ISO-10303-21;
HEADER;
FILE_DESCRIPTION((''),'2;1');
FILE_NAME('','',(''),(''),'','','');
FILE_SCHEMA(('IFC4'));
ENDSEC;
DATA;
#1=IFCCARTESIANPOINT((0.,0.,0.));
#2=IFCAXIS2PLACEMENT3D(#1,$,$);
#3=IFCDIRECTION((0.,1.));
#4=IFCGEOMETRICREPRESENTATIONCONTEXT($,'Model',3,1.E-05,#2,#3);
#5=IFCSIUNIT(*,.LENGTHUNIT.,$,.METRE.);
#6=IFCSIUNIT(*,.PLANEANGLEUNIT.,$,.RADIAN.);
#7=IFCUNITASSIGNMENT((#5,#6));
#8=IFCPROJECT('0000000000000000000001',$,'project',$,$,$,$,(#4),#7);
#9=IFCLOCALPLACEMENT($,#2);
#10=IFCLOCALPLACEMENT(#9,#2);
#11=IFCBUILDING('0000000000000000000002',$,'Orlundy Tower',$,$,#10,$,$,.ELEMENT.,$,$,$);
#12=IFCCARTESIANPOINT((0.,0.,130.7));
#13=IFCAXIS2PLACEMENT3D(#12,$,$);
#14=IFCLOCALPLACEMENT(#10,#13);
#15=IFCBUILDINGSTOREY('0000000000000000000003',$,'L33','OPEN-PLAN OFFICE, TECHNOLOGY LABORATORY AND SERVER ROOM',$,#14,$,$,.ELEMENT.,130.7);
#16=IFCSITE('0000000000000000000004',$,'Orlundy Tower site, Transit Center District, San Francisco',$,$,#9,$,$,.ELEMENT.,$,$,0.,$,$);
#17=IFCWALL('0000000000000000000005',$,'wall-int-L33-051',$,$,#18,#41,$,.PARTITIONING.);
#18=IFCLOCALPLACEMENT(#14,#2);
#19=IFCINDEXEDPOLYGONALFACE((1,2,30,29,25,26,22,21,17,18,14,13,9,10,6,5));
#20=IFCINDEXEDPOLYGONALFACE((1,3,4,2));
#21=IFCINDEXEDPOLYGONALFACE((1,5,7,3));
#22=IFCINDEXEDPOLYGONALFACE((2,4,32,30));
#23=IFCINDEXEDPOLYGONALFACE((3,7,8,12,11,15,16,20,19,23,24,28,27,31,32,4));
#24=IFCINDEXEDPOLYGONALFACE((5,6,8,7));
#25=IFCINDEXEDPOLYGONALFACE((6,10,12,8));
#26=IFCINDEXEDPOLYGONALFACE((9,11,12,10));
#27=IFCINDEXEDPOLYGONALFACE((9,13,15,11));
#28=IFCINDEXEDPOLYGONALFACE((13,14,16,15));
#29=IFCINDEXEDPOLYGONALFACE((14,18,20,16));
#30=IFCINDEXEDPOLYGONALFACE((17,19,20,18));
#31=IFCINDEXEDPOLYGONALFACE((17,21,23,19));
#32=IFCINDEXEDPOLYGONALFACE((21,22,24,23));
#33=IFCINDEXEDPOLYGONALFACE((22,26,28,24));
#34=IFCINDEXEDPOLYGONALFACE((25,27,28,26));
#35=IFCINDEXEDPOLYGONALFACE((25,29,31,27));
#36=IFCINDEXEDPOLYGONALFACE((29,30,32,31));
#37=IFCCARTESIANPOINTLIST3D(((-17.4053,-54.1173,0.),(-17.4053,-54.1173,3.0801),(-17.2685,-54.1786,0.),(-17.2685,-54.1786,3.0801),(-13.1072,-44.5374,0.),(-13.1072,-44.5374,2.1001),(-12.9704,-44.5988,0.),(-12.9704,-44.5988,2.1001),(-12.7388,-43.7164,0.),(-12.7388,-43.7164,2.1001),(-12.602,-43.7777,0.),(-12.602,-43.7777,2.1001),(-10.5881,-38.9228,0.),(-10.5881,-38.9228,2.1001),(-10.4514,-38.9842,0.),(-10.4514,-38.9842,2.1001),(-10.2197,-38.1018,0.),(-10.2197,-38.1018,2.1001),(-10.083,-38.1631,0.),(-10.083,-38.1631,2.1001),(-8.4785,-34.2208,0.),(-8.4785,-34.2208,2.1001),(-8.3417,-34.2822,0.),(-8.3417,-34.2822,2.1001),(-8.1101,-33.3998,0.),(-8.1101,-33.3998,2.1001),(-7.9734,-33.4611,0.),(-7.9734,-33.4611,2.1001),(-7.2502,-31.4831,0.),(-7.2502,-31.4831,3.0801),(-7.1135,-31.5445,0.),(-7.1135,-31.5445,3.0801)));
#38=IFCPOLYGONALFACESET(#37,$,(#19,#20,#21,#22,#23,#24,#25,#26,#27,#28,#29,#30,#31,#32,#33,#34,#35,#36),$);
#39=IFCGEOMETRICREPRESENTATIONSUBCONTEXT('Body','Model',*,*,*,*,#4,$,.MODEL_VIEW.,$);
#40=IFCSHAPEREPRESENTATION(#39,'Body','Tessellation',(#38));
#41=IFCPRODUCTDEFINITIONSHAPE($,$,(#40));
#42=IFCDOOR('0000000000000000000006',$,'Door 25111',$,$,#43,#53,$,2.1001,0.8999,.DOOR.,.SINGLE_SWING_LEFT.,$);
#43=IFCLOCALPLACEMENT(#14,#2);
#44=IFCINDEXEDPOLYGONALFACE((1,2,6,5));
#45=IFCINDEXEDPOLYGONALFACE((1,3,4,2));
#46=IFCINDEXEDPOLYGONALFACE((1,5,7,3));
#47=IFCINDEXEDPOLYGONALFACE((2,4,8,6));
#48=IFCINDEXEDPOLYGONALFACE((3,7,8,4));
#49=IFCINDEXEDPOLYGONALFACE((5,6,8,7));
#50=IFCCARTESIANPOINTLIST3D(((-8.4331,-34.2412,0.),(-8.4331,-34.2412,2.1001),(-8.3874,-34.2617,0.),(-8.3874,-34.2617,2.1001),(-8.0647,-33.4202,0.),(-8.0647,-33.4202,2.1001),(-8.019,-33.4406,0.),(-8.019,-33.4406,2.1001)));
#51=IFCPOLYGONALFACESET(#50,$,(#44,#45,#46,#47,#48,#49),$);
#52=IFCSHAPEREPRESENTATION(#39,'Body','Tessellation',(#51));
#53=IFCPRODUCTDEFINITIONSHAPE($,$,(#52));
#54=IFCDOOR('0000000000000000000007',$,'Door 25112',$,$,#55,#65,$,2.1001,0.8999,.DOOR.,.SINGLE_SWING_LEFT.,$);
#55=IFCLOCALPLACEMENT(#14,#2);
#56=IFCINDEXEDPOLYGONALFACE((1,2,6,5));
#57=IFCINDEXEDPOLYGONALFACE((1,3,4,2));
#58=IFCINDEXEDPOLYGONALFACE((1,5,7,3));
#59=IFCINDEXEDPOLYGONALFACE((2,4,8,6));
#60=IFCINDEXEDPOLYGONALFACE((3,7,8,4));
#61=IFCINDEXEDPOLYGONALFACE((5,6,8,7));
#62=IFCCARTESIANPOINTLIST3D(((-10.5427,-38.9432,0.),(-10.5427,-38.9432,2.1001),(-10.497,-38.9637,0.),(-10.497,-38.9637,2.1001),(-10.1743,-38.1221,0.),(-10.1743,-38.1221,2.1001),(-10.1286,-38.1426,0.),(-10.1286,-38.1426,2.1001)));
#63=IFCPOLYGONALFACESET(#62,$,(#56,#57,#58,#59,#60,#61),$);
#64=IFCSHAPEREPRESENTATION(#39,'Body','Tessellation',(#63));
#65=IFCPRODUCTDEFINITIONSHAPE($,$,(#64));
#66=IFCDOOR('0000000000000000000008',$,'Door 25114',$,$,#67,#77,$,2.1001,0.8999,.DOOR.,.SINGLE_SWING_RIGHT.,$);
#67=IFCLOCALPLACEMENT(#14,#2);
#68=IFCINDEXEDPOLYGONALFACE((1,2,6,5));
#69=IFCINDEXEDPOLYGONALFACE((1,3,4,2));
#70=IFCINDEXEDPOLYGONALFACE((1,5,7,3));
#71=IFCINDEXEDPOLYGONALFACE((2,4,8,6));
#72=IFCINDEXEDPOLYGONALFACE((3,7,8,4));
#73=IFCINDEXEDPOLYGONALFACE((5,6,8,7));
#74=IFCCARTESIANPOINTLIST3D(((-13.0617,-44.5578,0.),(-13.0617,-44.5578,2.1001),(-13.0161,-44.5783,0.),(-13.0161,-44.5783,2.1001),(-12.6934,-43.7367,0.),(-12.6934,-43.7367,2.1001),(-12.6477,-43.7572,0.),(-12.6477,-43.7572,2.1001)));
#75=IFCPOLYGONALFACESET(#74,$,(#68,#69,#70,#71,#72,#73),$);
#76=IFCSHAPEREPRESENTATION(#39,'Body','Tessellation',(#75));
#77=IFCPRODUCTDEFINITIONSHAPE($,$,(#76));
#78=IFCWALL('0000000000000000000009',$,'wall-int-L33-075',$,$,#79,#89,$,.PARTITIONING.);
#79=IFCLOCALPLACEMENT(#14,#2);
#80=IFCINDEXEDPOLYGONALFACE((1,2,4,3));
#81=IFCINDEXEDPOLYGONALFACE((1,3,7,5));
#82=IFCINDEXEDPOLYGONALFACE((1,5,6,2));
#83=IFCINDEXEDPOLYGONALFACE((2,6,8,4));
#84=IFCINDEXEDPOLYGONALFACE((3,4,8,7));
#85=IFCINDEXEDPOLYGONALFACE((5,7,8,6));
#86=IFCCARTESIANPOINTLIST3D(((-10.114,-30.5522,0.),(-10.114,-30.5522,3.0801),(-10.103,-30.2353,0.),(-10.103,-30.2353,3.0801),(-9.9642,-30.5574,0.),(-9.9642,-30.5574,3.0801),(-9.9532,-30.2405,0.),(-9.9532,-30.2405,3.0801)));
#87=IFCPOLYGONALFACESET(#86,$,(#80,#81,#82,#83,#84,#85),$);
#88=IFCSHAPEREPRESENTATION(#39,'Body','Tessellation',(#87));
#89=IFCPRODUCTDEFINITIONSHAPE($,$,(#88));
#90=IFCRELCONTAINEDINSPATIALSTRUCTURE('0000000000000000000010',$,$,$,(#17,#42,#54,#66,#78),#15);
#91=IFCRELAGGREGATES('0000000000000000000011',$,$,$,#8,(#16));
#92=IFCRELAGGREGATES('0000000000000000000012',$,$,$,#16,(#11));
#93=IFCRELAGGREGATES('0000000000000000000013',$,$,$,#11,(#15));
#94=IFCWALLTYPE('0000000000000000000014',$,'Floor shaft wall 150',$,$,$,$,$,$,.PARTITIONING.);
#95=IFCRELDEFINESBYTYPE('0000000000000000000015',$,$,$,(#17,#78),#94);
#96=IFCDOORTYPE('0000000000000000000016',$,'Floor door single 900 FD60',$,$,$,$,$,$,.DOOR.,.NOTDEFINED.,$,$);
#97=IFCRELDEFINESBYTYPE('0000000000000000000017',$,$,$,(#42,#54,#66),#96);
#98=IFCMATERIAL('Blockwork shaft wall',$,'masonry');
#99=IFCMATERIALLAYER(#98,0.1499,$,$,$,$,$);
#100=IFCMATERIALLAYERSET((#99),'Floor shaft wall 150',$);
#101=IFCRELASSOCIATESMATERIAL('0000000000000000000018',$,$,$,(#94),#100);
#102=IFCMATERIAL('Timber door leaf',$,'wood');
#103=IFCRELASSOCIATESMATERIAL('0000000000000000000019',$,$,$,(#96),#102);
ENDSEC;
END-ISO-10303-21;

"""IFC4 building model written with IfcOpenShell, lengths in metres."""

from ifc_helpers import new_model, si_unit, direction, frame, frame_2d, origin, place, context, subcontext, project, spatial, rectangle, extrude, material, layer, layer_set, type_object, element, fill, save


model = new_model("IFC4")

# Units and contexts
model_context = context("Model", 3, precision=1e-05, world=origin(), true_north=direction((0.0, 1.0)))
body_context = subcontext(model_context, "Body", "Model", "MODEL_VIEW")
ifc_project = project(units=[si_unit("LENGTHUNIT", "METRE"), si_unit("PLANEANGLEUNIT", "RADIAN")], contexts=[model_context])

# Site, building, storey
site_placement = place(None, origin())
site = spatial("IfcSite", under=ifc_project, at=site_placement, Name="Orlundy Tower site, Transit Center District, San Francisco", CompositionType="ELEMENT", RefElevation=0.0)
building_placement = place(site_placement, origin())
building = spatial("IfcBuilding", under=site, at=building_placement, Name="Orlundy Tower", CompositionType="ELEMENT")
storey_placement = place(building_placement, frame((0.0, 0.0, 130.7)))
storey = spatial("IfcBuildingStorey", under=building, at=storey_placement, Name="L33", Description="OPEN-PLAN OFFICE, TECHNOLOGY LABORATORY AND SERVER ROOM", CompositionType="ELEMENT", Elevation=130.7)

# Shared definitions
ifc_material_1 = material(Name="Blockwork shaft wall", Category="masonry")
ifc_layer_1 = layer(ifc_material_1, 0.1499)
ifc_layer_set_1 = layer_set([ifc_layer_1], Name="Floor shaft wall 150")
wall_type_1 = type_object("IfcWallType", Name="Floor shaft wall 150", PredefinedType="PARTITIONING", material=ifc_layer_set_1)

# Wall, openings, doors
wall_1_placement = place(storey_placement, frame((-7.1819, -31.5139, 0.0), z_axis=(0.0, 0.0, 1.0), x_axis=(-0.409349, -0.912378, 0.0)))
wall_1 = element("IfcWall", 1, at=wall_1_placement, inside=storey, type_object=wall_type_1, Name="wall-int-L33-051", PredefinedType="PARTITIONING", context=body_context, shape_type="SweptSolid", body=[
    extrude(rectangle(XDim=24.8079, YDim=0.1499, at=frame_2d((12.4038, 0.0))), origin(), (0.0, 0.0, 1.0), 3.0801),
])
opening_1_placement = place(wall_1_placement, frame((2.1006, 0.0, 0.0)))
opening_1 = element("IfcOpeningElement", 2, at=opening_1_placement, cuts=wall_1, PredefinedType="OPENING", context=body_context, shape_type="SweptSolid", body=[
    extrude(rectangle(XDim=0.8999, YDim=2.1001, at=frame_2d((0.45, 1.05))), frame((0.0, 0.085, 0.0), z_axis=(0.0, -1.0, 0.0), x_axis=(1.0, 0.0, 0.0)), (0.0, 0.0, 1.0), 0.1699),
])
opening_2_placement = place(wall_1_placement, frame((7.2542, 0.0, 0.0)))
opening_2 = element("IfcOpeningElement", 3, at=opening_2_placement, cuts=wall_1, PredefinedType="OPENING", context=body_context, shape_type="SweptSolid", body=[
    extrude(rectangle(XDim=0.8999, YDim=2.1001, at=frame_2d((0.45, 1.05))), frame((0.0, 0.085, 0.0), z_axis=(0.0, -1.0, 0.0), x_axis=(1.0, 0.0, 0.0)), (0.0, 0.0, 1.0), 0.1699),
])
opening_3_placement = place(wall_1_placement, frame((13.408, 0.0, 0.0)))
opening_3 = element("IfcOpeningElement", 4, at=opening_3_placement, cuts=wall_1, PredefinedType="OPENING", context=body_context, shape_type="SweptSolid", body=[
    extrude(rectangle(XDim=0.8999, YDim=2.1001, at=frame_2d((0.45, 1.05))), frame((0.0, 0.085, 0.0), z_axis=(0.0, -1.0, 0.0), x_axis=(1.0, 0.0, 0.0)), (0.0, 0.0, 1.0), 0.1699),
])
ifc_material_2 = material(Name="Timber door leaf", Category="wood")
door_type_1 = type_object("IfcDoorType", Name="Floor door single 900 FD60", OperationType="NOTDEFINED", PredefinedType="DOOR", material=ifc_material_2)
door_1_placement = place(opening_1_placement, origin())
door_1 = element("IfcDoor", 5, at=door_1_placement, inside=storey, type_object=door_type_1, Name="Door 25111", OperationType="SINGLE_SWING_LEFT", OverallHeight=2.1001, OverallWidth=0.8999, PredefinedType="DOOR", context=body_context, shape_type="SweptSolid", body=[
    extrude(rectangle(XDim=0.8999, YDim=2.1001, at=frame_2d((0.45, 1.05))), frame((0.0, 0.0249, 0.0), z_axis=(0.0, -1.0, 0.0), x_axis=(1.0, 0.0, 0.0)), (0.0, 0.0, 1.0), 0.05),
])
fill(opening_1, door_1)
door_2_placement = place(opening_2_placement, origin())
door_2 = element("IfcDoor", 6, at=door_2_placement, inside=storey, type_object=door_type_1, Name="Door 25112", OperationType="SINGLE_SWING_LEFT", OverallHeight=2.1001, OverallWidth=0.8999, PredefinedType="DOOR", context=body_context, shape_type="SweptSolid", body=[
    extrude(rectangle(XDim=0.8999, YDim=2.1001, at=frame_2d((0.45, 1.05))), frame((0.0, 0.0249, 0.0), z_axis=(0.0, -1.0, 0.0), x_axis=(1.0, 0.0, 0.0)), (0.0, 0.0, 1.0), 0.05),
])
fill(opening_2, door_2)
door_3_placement = place(opening_3_placement, origin())
door_3 = element("IfcDoor", 7, at=door_3_placement, inside=storey, type_object=door_type_1, Name="Door 25114", OperationType="SINGLE_SWING_RIGHT", OverallHeight=2.1001, OverallWidth=0.8999, PredefinedType="DOOR", context=body_context, shape_type="SweptSolid", body=[
    extrude(rectangle(XDim=0.8999, YDim=2.1001, at=frame_2d((0.45, 1.05))), frame((0.0, 0.0249, 0.0), z_axis=(0.0, -1.0, 0.0), x_axis=(1.0, 0.0, 0.0)), (0.0, 0.0, 1.0), 0.05),
])
fill(opening_3, door_3)

# Wall
wall_2_placement = place(storey_placement, frame((-10.0391, -30.5549, 0.0), z_axis=(0.0, 0.0, 1.0), x_axis=(0.034648, 0.9994, 0.0)))
element("IfcWall", 8, at=wall_2_placement, inside=storey, type_object=wall_type_1, Name="wall-int-L33-075", PredefinedType="PARTITIONING", context=body_context, shape_type="SweptSolid", body=[
    extrude(rectangle(XDim=0.3171, YDim=0.1499, at=frame_2d((0.1587, 0.0))), origin(), (0.0, 0.0, 1.0), 3.0801),
])

save(model, "model.ifc")
